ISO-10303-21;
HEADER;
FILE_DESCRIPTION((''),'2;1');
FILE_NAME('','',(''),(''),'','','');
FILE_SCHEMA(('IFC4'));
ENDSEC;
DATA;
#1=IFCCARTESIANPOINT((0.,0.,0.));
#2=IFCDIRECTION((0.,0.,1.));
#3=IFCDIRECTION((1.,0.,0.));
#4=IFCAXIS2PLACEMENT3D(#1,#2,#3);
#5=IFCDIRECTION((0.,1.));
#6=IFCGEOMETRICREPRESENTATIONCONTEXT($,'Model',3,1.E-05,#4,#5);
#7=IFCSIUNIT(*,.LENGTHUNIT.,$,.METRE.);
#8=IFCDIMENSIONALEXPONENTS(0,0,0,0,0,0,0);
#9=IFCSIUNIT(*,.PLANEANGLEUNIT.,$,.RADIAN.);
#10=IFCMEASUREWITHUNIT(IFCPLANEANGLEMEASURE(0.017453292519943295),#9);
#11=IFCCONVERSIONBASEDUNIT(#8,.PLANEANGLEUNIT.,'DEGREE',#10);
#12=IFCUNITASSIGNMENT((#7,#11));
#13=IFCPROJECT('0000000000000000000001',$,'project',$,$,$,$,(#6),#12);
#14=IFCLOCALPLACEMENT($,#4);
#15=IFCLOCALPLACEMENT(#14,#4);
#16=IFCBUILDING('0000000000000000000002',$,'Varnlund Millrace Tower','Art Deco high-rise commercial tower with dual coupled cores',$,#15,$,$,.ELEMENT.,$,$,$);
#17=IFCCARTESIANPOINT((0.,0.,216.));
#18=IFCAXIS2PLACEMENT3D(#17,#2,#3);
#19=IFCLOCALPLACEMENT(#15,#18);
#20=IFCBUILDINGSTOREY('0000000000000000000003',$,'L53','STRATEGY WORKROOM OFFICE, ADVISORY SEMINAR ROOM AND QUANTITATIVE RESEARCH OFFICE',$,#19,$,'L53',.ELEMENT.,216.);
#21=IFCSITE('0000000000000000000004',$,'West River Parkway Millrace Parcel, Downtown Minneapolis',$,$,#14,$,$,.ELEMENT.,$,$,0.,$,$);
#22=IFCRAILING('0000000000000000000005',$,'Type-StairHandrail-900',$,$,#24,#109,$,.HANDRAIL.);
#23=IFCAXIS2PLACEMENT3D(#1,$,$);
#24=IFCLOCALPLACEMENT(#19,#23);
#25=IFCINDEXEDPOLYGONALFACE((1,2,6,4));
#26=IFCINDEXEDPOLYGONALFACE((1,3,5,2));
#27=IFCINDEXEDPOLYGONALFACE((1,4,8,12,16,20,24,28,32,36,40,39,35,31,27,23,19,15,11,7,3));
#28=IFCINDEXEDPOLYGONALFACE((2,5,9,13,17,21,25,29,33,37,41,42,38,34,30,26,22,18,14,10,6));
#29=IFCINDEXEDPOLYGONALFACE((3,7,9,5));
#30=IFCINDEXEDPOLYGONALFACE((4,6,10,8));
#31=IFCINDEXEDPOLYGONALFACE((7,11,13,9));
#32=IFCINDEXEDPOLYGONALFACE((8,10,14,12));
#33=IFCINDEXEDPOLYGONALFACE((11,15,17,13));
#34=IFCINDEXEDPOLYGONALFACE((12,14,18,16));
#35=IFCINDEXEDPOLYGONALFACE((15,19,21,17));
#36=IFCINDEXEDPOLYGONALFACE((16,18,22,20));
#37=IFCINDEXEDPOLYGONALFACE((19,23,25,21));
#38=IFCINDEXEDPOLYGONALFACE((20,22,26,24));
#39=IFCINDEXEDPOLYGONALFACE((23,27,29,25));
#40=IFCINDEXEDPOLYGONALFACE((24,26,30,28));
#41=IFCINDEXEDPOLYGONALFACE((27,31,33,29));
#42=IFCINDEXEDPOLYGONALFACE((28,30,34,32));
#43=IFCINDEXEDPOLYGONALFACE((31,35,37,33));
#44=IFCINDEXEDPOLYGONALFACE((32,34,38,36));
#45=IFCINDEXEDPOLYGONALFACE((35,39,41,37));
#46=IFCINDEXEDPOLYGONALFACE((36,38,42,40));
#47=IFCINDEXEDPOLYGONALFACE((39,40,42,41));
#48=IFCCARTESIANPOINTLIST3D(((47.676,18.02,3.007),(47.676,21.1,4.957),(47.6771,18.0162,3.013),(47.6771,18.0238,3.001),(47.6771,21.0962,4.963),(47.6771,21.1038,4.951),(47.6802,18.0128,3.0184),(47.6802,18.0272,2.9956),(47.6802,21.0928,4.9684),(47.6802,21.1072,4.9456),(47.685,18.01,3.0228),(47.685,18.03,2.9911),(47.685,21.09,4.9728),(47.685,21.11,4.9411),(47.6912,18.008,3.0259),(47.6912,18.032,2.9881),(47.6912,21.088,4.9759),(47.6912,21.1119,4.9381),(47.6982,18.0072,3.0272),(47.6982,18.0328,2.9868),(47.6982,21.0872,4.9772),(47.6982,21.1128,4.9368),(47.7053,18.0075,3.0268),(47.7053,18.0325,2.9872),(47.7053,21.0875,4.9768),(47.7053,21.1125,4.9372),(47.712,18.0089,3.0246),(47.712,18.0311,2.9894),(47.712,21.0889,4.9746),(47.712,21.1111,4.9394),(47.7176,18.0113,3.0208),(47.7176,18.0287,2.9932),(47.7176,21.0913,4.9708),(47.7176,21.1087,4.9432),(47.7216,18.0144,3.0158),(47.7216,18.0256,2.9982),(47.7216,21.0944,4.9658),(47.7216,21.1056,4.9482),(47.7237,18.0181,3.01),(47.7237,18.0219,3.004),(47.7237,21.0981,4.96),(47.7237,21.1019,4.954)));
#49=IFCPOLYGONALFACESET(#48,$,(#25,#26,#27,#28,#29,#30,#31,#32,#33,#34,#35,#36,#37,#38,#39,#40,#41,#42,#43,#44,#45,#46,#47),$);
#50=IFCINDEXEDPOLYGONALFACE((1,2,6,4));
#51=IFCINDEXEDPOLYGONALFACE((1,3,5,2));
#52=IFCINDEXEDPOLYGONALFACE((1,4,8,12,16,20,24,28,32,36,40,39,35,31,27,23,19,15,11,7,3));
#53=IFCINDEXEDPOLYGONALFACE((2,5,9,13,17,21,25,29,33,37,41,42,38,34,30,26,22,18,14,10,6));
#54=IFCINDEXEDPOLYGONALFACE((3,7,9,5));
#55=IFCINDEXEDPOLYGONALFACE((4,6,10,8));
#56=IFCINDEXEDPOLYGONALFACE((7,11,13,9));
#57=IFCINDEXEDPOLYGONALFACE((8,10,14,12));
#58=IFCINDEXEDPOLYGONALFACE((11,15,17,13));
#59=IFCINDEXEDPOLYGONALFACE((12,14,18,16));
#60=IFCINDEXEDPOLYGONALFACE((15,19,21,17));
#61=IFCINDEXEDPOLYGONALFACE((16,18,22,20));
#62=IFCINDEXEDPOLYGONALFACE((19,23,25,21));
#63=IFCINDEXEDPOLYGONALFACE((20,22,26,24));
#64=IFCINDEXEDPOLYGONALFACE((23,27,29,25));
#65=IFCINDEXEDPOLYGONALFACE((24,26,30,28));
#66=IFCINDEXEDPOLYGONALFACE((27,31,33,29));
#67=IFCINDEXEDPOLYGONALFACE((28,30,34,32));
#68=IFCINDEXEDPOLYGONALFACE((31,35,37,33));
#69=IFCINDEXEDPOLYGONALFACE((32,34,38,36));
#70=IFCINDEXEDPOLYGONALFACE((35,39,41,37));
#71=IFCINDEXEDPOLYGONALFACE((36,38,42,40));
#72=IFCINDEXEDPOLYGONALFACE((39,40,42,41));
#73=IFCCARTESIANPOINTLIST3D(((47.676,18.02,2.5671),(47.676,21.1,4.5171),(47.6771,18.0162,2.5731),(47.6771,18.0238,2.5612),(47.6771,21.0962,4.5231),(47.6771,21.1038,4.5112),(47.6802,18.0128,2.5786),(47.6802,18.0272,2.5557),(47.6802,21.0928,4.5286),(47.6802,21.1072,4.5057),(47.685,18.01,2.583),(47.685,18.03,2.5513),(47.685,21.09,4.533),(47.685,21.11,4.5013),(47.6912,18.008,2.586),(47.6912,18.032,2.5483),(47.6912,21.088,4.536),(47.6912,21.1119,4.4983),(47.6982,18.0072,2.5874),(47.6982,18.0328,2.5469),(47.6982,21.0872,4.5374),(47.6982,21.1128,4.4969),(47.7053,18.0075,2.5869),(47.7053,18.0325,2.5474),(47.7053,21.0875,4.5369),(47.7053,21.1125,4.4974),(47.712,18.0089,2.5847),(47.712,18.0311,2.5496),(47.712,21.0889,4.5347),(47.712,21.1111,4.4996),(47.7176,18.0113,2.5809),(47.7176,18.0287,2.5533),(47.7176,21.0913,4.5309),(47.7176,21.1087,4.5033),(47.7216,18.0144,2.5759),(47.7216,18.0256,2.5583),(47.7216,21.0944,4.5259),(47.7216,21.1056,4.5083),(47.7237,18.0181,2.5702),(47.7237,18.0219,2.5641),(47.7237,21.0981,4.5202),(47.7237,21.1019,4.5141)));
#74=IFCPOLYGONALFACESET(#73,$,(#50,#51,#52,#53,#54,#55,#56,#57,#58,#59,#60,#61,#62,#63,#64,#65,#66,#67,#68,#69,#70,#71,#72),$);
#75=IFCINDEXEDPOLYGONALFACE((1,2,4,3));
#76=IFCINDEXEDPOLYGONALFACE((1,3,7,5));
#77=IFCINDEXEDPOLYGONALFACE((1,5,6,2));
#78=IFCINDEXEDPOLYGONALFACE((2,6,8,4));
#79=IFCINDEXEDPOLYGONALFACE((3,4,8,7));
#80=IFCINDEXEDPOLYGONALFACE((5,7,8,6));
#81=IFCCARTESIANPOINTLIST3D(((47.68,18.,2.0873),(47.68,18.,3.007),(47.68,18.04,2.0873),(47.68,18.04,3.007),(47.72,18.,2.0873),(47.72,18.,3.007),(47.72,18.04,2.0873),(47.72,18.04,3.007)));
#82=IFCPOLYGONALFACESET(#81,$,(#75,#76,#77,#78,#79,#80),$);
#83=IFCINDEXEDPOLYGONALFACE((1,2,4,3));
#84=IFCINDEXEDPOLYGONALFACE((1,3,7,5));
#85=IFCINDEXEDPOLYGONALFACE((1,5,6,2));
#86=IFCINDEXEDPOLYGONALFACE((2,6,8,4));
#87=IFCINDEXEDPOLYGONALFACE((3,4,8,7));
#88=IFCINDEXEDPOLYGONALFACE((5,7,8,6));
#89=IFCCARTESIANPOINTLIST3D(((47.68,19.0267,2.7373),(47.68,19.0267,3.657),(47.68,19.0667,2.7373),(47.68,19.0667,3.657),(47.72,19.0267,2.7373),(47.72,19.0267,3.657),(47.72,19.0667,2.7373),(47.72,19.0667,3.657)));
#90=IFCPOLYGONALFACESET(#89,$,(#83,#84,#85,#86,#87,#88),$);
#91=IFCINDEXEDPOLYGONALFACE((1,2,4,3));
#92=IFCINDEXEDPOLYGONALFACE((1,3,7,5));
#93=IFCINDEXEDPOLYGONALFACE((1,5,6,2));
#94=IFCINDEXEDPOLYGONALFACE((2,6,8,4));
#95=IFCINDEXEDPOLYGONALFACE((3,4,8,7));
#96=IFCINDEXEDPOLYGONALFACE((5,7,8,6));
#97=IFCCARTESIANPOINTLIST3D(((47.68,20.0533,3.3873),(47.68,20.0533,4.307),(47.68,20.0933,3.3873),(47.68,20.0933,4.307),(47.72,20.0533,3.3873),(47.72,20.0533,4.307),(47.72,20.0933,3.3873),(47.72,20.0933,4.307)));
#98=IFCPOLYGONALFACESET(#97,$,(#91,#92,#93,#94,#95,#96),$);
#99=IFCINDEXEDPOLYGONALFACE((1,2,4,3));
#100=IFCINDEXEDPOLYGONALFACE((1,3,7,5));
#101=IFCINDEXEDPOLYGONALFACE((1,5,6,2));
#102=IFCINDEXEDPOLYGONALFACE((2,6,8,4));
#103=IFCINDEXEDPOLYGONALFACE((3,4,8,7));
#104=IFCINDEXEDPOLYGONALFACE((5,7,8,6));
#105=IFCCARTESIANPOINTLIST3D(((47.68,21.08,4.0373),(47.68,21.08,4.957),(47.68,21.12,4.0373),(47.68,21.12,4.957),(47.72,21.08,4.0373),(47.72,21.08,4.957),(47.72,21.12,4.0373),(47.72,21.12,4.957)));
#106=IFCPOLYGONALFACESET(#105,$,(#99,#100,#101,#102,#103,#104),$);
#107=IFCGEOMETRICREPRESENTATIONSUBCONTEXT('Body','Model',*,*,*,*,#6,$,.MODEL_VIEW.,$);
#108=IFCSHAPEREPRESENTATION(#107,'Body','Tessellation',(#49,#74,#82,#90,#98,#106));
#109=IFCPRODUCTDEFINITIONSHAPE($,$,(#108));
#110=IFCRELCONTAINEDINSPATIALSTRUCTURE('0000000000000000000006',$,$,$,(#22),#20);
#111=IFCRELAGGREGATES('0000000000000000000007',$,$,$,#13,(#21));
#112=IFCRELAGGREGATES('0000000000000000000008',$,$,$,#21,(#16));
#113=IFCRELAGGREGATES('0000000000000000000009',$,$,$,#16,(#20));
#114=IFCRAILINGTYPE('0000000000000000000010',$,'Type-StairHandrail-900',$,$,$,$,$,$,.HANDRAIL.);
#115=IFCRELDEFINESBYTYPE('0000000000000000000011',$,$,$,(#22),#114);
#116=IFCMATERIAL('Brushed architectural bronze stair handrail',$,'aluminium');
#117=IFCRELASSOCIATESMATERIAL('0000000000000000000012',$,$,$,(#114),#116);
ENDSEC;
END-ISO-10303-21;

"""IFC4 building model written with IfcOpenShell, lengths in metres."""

from ifc_helpers import new_model, entity, si_unit, converted_unit, direction, frame, origin_with_axes, origin_2d_with_axis, place, context, subcontext, project, spatial, rectangle, circle, extrude, material, type_object, element, save


model = new_model("IFC4")

# Units and contexts
model_context = context("Model", 3, precision=1e-05, world=origin_with_axes(), true_north=direction((0.0, 1.0)))
body_context = subcontext(model_context, "Body", "Model", "MODEL_VIEW")
ifc_project = project(units=[si_unit("LENGTHUNIT", "METRE"), converted_unit("PLANEANGLEUNIT", "DEGREE", entity("IfcPlaneAngleMeasure", 0.017453292519943295), si_unit("PLANEANGLEUNIT", "RADIAN"), dimensions=[0, 0, 0, 0, 0, 0, 0])], contexts=[model_context])

# Site, building, storey
site_placement = place(None, origin_with_axes())
site = spatial("IfcSite", under=ifc_project, at=site_placement, Name="West River Parkway Millrace Parcel, Downtown Minneapolis", CompositionType="ELEMENT", RefElevation=0.0)
building_placement = place(site_placement, origin_with_axes())
building = spatial("IfcBuilding", under=site, at=building_placement, Name="Varnlund Millrace Tower", Description="Art Deco high-rise commercial tower with dual coupled cores", CompositionType="ELEMENT")
storey_placement = place(building_placement, frame((0.0, 0.0, 216.0), z_axis=(0.0, 0.0, 1.0), x_axis=(1.0, 0.0, 0.0)))
storey = spatial("IfcBuildingStorey", under=building, at=storey_placement, Name="L53", Description="STRATEGY WORKROOM OFFICE, ADVISORY SEMINAR ROOM AND QUANTITATIVE RESEARCH OFFICE", LongName="L53", CompositionType="ELEMENT", Elevation=216.0)

# Railing
ifc_material_1 = material(Name="Brushed architectural bronze stair handrail", Category="aluminium")
railing_type_1 = type_object("IfcRailingType", Name="Type-StairHandrail-900", PredefinedType="HANDRAIL", material=ifc_material_1)
railing_1_placement = place(storey_placement, frame((0.0, 0.0, -216.0), z_axis=(0.0, 0.0, 1.0), x_axis=(1.0, 0.0, 0.0)))
element("IfcRailing", 1, at=railing_1_placement, inside=storey, type_object=railing_type_1, Name="Type-StairHandrail-900", PredefinedType="HANDRAIL", context=body_context, shape_type="SweptSolid", body=[
    extrude(circle(Radius=0.024, at=origin_2d_with_axis()), frame((47.7, 18.02, 219.007), z_axis=(0.0, 0.844902, 0.534922), x_axis=(-1.0, 0.0, 0.0)), (0.0, 0.0, 1.0), 3.6454),
    extrude(circle(Radius=0.024, at=origin_2d_with_axis()), frame((47.7, 18.02, 218.5671), z_axis=(0.0, 0.844902, 0.534922), x_axis=(-1.0, 0.0, 0.0)), (0.0, 0.0, 1.0), 3.6454),
    extrude(rectangle(XDim=0.04, YDim=0.04, at=origin_2d_with_axis()), frame((47.7, 18.02, 218.0873), z_axis=(0.0, 0.0, 1.0), x_axis=(1.0, 0.0, 0.0)), (0.0, 0.0, 1.0), 0.9197),
    extrude(rectangle(XDim=0.04, YDim=0.04, at=origin_2d_with_axis()), frame((47.7, 19.0467, 218.7373), z_axis=(0.0, 0.0, 1.0), x_axis=(1.0, 0.0, 0.0)), (0.0, 0.0, 1.0), 0.9197),
    extrude(rectangle(XDim=0.04, YDim=0.04, at=origin_2d_with_axis()), frame((47.7, 20.0733, 219.3873), z_axis=(0.0, 0.0, 1.0), x_axis=(1.0, 0.0, 0.0)), (0.0, 0.0, 1.0), 0.9197),
    extrude(rectangle(XDim=0.04, YDim=0.04, at=origin_2d_with_axis()), frame((47.7, 21.1, 220.0373), z_axis=(0.0, 0.0, 1.0), x_axis=(1.0, 0.0, 0.0)), (0.0, 0.0, 1.0), 0.9197),
])

save(model, "model.ifc")
